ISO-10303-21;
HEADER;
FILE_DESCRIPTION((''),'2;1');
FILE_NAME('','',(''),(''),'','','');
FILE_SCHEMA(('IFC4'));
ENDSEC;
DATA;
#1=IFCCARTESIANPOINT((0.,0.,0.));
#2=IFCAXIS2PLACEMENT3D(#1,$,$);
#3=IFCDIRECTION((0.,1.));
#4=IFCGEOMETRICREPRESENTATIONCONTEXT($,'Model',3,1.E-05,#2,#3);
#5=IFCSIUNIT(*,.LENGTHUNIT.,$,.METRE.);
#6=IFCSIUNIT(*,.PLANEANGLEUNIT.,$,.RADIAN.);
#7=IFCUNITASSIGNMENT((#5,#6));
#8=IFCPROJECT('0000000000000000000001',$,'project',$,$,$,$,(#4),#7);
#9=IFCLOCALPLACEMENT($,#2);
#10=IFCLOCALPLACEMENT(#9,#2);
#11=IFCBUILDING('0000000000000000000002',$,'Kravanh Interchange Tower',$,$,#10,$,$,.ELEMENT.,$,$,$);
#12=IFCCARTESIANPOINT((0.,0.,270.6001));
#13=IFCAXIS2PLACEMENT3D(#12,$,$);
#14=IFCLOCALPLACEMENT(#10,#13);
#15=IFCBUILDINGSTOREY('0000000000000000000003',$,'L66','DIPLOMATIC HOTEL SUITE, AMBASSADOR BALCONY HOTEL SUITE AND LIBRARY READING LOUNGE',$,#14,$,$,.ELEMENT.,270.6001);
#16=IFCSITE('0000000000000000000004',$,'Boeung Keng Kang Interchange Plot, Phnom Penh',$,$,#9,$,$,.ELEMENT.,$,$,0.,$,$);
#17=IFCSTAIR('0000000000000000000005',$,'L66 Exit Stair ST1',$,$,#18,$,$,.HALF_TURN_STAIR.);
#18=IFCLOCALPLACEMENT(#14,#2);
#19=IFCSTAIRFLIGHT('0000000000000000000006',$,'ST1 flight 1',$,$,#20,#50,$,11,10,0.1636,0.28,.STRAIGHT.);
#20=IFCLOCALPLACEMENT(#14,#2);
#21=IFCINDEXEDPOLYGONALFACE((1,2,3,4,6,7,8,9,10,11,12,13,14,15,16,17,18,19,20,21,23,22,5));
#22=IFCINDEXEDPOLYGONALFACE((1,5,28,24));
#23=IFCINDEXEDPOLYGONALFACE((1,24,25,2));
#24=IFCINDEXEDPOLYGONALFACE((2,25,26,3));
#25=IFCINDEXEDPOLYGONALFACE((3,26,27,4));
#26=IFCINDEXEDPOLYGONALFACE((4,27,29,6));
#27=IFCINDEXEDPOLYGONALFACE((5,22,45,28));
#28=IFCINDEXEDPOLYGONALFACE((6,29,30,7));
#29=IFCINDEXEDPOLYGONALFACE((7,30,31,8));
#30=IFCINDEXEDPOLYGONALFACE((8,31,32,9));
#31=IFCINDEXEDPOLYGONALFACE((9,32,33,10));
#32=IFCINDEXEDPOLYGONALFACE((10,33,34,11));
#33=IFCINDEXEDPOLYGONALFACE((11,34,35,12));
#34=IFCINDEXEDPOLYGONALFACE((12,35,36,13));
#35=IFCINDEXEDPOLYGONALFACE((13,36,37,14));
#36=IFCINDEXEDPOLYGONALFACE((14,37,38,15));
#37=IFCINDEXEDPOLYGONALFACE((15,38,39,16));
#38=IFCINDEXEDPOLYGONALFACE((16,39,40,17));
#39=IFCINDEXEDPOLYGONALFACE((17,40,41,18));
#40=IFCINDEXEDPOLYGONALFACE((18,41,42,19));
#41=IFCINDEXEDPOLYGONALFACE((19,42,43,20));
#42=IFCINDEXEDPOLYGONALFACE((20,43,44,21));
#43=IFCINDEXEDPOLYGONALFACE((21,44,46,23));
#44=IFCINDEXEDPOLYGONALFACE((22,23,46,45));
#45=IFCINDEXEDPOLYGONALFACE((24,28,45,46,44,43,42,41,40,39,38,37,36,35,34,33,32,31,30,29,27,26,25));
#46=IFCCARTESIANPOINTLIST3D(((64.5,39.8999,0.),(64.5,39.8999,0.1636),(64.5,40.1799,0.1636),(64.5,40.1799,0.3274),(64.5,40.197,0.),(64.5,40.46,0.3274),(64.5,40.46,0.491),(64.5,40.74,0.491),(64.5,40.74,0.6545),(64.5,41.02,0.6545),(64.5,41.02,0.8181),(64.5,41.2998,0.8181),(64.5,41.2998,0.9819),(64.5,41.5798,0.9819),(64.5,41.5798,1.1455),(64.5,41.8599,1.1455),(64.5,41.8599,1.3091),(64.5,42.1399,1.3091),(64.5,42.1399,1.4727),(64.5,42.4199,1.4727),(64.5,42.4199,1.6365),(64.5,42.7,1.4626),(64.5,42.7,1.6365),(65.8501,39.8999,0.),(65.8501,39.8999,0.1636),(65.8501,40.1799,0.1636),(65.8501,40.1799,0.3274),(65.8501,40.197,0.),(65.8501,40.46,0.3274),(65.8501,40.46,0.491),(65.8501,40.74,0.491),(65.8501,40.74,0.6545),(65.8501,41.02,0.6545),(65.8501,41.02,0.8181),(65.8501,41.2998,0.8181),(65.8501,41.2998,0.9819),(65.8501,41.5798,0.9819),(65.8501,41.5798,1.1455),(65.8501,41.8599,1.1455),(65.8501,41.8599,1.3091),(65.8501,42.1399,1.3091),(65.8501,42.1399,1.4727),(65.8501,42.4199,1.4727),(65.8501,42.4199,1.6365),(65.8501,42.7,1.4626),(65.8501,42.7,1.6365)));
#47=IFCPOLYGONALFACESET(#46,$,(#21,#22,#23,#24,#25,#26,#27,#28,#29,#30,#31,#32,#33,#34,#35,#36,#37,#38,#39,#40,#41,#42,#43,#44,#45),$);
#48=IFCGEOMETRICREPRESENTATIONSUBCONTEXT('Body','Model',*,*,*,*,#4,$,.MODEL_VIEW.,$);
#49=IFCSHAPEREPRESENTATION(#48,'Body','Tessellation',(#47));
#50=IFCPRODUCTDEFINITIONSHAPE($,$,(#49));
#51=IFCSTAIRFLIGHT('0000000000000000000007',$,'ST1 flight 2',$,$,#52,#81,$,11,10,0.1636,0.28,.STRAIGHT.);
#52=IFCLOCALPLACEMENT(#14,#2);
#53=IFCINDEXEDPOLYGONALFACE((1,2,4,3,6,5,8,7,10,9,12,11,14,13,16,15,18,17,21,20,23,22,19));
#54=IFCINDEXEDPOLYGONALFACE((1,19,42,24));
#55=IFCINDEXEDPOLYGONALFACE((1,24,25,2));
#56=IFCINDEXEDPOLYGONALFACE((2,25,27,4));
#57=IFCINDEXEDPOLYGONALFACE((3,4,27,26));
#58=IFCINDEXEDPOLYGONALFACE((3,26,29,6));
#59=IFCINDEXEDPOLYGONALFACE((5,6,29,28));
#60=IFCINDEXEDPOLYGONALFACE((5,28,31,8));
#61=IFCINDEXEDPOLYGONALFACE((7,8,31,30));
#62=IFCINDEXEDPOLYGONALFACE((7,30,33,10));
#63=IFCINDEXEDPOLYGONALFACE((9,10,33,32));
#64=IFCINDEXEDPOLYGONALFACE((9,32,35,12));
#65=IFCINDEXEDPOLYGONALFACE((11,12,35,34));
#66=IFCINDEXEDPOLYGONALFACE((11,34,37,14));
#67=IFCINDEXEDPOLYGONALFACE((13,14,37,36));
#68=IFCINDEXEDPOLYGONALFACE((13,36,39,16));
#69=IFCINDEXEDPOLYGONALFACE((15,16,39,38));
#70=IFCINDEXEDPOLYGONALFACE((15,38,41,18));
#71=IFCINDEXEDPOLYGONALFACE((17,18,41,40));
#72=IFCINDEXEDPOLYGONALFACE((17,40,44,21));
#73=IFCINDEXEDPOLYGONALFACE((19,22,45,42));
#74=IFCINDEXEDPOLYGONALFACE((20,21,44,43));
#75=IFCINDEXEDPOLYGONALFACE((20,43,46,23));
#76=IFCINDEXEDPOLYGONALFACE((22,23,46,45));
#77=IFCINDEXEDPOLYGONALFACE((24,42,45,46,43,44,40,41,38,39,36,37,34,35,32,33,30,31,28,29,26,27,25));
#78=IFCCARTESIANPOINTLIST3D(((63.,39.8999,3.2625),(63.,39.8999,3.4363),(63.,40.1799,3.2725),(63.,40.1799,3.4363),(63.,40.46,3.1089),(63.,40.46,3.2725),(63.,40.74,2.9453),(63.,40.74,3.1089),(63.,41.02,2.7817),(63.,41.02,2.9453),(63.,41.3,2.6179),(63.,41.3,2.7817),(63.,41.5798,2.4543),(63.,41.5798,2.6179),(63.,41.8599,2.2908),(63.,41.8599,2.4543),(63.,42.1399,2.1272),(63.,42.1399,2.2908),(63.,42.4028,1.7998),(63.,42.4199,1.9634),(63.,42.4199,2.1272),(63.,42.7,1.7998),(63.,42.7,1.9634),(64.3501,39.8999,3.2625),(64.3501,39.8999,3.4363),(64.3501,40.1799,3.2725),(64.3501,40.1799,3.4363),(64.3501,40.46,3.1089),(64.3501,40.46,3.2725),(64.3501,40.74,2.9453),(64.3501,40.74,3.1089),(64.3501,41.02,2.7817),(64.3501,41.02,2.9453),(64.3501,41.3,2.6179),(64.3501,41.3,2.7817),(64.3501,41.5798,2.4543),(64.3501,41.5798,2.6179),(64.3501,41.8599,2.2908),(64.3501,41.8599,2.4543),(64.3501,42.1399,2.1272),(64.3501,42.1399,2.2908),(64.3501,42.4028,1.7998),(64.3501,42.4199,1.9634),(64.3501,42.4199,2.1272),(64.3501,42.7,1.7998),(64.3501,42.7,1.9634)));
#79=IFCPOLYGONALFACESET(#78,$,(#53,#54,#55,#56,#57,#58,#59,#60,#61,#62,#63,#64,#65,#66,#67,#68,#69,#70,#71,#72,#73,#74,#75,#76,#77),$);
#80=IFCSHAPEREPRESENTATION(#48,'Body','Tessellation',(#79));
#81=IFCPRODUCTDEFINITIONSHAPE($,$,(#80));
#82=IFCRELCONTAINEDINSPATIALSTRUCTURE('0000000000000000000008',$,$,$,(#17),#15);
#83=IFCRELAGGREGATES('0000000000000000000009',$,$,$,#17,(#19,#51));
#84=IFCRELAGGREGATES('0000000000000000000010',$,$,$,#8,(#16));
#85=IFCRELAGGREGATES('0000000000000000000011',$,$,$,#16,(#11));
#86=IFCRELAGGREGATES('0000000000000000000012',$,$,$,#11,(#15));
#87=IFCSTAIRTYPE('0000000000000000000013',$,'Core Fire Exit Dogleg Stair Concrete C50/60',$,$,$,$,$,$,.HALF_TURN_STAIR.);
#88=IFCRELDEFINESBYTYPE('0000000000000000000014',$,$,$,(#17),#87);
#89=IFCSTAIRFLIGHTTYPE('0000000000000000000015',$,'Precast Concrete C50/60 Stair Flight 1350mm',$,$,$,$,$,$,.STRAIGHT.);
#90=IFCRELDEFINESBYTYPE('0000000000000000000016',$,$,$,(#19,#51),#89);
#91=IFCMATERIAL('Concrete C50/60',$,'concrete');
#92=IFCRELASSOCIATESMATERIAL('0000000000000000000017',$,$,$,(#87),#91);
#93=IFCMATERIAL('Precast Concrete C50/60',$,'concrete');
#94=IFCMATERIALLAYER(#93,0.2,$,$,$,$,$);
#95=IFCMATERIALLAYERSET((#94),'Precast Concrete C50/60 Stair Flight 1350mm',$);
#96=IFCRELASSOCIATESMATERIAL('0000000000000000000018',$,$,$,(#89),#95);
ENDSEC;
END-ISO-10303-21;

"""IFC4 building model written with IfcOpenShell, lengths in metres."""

from ifc_helpers import new_model, si_unit, direction, frame, origin, place, context, subcontext, project, spatial, polyline, outline, extrude, material, layer, layer_set, type_object, element, aggregate, save


model = new_model("IFC4")

# Units and contexts
model_context = context("Model", 3, precision=1e-05, world=origin(), true_north=direction((0.0, 1.0)))
body_context = subcontext(model_context, "Body", "Model", "MODEL_VIEW")
ifc_project = project(units=[si_unit("LENGTHUNIT", "METRE"), si_unit("PLANEANGLEUNIT", "RADIAN")], contexts=[model_context])

# Site, building, storey
site_placement = place(None, origin())
site = spatial("IfcSite", under=ifc_project, at=site_placement, Name="Boeung Keng Kang Interchange Plot, Phnom Penh", CompositionType="ELEMENT", RefElevation=0.0)
building_placement = place(site_placement, origin())
building = spatial("IfcBuilding", under=site, at=building_placement, Name="Kravanh Interchange Tower", CompositionType="ELEMENT")
storey_placement = place(building_placement, frame((0.0, 0.0, 270.6001)))
storey = spatial("IfcBuildingStorey", under=building, at=storey_placement, Name="L66", Description="DIPLOMATIC HOTEL SUITE, AMBASSADOR BALCONY HOTEL SUITE AND LIBRARY READING LOUNGE", CompositionType="ELEMENT", Elevation=270.6001)

# Stair, stair flights
ifc_material_1 = material(Name="Concrete C50/60", Category="concrete")
stair_type = type_object("IfcStairType", Name="Core Fire Exit Dogleg Stair Concrete C50/60", PredefinedType="HALF_TURN_STAIR", material=ifc_material_1)
stair_placement = place(storey_placement, origin())
stair = element("IfcStair", 1, at=stair_placement, inside=storey, type_object=stair_type, Name="L66 Exit Stair ST1", PredefinedType="HALF_TURN_STAIR")
ifc_material_2 = material(Name="Precast Concrete C50/60", Category="concrete")
ifc_layer_1 = layer(ifc_material_2, 0.2)
ifc_layer_set_1 = layer_set([ifc_layer_1], Name="Precast Concrete C50/60 Stair Flight 1350mm")
stair_flight_type = type_object("IfcStairFlightType", Name="Precast Concrete C50/60 Stair Flight 1350mm", PredefinedType="STRAIGHT", material=ifc_layer_set_1)
stair_flight_1_placement = place(storey_placement, frame((65.175, 39.8999, 0.0), z_axis=(0.0, 0.0, 1.0), x_axis=(0.0, 1.0, 0.0)))
stair_flight_1 = element("IfcStairFlight", 2, at=stair_flight_1_placement, type_object=stair_flight_type, Name="ST1 flight 1", NumberOfRisers=11, NumberOfTreads=10, PredefinedType="STRAIGHT", RiserHeight=0.1636, TreadLength=0.28, context=body_context, shape_type="SweptSolid", body=[
    extrude(outline(polyline([(0.0, 0.0), (0.0, 0.1636), (0.28, 0.1636), (0.28, 0.3274), (0.5601, 0.3274), (0.5601, 0.491), (0.8401, 0.491), (0.8401, 0.6545), (1.1201, 0.6545), (1.1201, 0.8181), (1.3999, 0.8181), (1.3999, 0.9819), (1.6799, 0.9819), (1.6799, 1.1455), (1.96, 1.1455), (1.96, 1.3091), (2.24, 1.3091), (2.24, 1.4727), (2.52, 1.4727), (2.52, 1.6365), (2.8, 1.6365), (2.8, 1.8), (2.8, 1.4626), (0.2971, 0.0), (0.0, 0.0)])), frame((0.0, 0.675, 0.0), z_axis=(0.0, -1.0, 0.0), x_axis=(1.0, 0.0, 0.0)), (0.0, 0.0, 1.0), 1.3501),
])
stair_flight_2_placement = place(storey_placement, frame((63.675, 42.7, 1.7998), z_axis=(0.0, 0.0, 1.0), x_axis=(0.0, -1.0, 0.0)))
stair_flight_2 = element("IfcStairFlight", 3, at=stair_flight_2_placement, type_object=stair_flight_type, Name="ST1 flight 2", NumberOfRisers=11, NumberOfTreads=10, PredefinedType="STRAIGHT", RiserHeight=0.1636, TreadLength=0.28, context=body_context, shape_type="SweptSolid", body=[
    extrude(outline(polyline([(0.0, 0.0), (0.0, 0.1636), (0.28, 0.1636), (0.28, 0.3274), (0.5601, 0.3274), (0.5601, 0.491), (0.8401, 0.491), (0.8401, 0.6545), (1.1201, 0.6545), (1.1201, 0.8181), (1.3999, 0.8181), (1.3999, 0.9819), (1.6799, 0.9819), (1.6799, 1.1455), (1.96, 1.1455), (1.96, 1.3091), (2.24, 1.3091), (2.24, 1.4727), (2.52, 1.4727), (2.52, 1.6365), (2.8, 1.6365), (2.8, 1.8), (2.8, 1.4626), (0.2971, 0.0), (0.0, 0.0)])), frame((0.0, 0.675, 0.0), z_axis=(0.0, -1.0, 0.0), x_axis=(1.0, 0.0, 0.0)), (0.0, 0.0, 1.0), 1.3501),
])
aggregate(stair, [stair_flight_1, stair_flight_2])

save(model, "model.ifc")
